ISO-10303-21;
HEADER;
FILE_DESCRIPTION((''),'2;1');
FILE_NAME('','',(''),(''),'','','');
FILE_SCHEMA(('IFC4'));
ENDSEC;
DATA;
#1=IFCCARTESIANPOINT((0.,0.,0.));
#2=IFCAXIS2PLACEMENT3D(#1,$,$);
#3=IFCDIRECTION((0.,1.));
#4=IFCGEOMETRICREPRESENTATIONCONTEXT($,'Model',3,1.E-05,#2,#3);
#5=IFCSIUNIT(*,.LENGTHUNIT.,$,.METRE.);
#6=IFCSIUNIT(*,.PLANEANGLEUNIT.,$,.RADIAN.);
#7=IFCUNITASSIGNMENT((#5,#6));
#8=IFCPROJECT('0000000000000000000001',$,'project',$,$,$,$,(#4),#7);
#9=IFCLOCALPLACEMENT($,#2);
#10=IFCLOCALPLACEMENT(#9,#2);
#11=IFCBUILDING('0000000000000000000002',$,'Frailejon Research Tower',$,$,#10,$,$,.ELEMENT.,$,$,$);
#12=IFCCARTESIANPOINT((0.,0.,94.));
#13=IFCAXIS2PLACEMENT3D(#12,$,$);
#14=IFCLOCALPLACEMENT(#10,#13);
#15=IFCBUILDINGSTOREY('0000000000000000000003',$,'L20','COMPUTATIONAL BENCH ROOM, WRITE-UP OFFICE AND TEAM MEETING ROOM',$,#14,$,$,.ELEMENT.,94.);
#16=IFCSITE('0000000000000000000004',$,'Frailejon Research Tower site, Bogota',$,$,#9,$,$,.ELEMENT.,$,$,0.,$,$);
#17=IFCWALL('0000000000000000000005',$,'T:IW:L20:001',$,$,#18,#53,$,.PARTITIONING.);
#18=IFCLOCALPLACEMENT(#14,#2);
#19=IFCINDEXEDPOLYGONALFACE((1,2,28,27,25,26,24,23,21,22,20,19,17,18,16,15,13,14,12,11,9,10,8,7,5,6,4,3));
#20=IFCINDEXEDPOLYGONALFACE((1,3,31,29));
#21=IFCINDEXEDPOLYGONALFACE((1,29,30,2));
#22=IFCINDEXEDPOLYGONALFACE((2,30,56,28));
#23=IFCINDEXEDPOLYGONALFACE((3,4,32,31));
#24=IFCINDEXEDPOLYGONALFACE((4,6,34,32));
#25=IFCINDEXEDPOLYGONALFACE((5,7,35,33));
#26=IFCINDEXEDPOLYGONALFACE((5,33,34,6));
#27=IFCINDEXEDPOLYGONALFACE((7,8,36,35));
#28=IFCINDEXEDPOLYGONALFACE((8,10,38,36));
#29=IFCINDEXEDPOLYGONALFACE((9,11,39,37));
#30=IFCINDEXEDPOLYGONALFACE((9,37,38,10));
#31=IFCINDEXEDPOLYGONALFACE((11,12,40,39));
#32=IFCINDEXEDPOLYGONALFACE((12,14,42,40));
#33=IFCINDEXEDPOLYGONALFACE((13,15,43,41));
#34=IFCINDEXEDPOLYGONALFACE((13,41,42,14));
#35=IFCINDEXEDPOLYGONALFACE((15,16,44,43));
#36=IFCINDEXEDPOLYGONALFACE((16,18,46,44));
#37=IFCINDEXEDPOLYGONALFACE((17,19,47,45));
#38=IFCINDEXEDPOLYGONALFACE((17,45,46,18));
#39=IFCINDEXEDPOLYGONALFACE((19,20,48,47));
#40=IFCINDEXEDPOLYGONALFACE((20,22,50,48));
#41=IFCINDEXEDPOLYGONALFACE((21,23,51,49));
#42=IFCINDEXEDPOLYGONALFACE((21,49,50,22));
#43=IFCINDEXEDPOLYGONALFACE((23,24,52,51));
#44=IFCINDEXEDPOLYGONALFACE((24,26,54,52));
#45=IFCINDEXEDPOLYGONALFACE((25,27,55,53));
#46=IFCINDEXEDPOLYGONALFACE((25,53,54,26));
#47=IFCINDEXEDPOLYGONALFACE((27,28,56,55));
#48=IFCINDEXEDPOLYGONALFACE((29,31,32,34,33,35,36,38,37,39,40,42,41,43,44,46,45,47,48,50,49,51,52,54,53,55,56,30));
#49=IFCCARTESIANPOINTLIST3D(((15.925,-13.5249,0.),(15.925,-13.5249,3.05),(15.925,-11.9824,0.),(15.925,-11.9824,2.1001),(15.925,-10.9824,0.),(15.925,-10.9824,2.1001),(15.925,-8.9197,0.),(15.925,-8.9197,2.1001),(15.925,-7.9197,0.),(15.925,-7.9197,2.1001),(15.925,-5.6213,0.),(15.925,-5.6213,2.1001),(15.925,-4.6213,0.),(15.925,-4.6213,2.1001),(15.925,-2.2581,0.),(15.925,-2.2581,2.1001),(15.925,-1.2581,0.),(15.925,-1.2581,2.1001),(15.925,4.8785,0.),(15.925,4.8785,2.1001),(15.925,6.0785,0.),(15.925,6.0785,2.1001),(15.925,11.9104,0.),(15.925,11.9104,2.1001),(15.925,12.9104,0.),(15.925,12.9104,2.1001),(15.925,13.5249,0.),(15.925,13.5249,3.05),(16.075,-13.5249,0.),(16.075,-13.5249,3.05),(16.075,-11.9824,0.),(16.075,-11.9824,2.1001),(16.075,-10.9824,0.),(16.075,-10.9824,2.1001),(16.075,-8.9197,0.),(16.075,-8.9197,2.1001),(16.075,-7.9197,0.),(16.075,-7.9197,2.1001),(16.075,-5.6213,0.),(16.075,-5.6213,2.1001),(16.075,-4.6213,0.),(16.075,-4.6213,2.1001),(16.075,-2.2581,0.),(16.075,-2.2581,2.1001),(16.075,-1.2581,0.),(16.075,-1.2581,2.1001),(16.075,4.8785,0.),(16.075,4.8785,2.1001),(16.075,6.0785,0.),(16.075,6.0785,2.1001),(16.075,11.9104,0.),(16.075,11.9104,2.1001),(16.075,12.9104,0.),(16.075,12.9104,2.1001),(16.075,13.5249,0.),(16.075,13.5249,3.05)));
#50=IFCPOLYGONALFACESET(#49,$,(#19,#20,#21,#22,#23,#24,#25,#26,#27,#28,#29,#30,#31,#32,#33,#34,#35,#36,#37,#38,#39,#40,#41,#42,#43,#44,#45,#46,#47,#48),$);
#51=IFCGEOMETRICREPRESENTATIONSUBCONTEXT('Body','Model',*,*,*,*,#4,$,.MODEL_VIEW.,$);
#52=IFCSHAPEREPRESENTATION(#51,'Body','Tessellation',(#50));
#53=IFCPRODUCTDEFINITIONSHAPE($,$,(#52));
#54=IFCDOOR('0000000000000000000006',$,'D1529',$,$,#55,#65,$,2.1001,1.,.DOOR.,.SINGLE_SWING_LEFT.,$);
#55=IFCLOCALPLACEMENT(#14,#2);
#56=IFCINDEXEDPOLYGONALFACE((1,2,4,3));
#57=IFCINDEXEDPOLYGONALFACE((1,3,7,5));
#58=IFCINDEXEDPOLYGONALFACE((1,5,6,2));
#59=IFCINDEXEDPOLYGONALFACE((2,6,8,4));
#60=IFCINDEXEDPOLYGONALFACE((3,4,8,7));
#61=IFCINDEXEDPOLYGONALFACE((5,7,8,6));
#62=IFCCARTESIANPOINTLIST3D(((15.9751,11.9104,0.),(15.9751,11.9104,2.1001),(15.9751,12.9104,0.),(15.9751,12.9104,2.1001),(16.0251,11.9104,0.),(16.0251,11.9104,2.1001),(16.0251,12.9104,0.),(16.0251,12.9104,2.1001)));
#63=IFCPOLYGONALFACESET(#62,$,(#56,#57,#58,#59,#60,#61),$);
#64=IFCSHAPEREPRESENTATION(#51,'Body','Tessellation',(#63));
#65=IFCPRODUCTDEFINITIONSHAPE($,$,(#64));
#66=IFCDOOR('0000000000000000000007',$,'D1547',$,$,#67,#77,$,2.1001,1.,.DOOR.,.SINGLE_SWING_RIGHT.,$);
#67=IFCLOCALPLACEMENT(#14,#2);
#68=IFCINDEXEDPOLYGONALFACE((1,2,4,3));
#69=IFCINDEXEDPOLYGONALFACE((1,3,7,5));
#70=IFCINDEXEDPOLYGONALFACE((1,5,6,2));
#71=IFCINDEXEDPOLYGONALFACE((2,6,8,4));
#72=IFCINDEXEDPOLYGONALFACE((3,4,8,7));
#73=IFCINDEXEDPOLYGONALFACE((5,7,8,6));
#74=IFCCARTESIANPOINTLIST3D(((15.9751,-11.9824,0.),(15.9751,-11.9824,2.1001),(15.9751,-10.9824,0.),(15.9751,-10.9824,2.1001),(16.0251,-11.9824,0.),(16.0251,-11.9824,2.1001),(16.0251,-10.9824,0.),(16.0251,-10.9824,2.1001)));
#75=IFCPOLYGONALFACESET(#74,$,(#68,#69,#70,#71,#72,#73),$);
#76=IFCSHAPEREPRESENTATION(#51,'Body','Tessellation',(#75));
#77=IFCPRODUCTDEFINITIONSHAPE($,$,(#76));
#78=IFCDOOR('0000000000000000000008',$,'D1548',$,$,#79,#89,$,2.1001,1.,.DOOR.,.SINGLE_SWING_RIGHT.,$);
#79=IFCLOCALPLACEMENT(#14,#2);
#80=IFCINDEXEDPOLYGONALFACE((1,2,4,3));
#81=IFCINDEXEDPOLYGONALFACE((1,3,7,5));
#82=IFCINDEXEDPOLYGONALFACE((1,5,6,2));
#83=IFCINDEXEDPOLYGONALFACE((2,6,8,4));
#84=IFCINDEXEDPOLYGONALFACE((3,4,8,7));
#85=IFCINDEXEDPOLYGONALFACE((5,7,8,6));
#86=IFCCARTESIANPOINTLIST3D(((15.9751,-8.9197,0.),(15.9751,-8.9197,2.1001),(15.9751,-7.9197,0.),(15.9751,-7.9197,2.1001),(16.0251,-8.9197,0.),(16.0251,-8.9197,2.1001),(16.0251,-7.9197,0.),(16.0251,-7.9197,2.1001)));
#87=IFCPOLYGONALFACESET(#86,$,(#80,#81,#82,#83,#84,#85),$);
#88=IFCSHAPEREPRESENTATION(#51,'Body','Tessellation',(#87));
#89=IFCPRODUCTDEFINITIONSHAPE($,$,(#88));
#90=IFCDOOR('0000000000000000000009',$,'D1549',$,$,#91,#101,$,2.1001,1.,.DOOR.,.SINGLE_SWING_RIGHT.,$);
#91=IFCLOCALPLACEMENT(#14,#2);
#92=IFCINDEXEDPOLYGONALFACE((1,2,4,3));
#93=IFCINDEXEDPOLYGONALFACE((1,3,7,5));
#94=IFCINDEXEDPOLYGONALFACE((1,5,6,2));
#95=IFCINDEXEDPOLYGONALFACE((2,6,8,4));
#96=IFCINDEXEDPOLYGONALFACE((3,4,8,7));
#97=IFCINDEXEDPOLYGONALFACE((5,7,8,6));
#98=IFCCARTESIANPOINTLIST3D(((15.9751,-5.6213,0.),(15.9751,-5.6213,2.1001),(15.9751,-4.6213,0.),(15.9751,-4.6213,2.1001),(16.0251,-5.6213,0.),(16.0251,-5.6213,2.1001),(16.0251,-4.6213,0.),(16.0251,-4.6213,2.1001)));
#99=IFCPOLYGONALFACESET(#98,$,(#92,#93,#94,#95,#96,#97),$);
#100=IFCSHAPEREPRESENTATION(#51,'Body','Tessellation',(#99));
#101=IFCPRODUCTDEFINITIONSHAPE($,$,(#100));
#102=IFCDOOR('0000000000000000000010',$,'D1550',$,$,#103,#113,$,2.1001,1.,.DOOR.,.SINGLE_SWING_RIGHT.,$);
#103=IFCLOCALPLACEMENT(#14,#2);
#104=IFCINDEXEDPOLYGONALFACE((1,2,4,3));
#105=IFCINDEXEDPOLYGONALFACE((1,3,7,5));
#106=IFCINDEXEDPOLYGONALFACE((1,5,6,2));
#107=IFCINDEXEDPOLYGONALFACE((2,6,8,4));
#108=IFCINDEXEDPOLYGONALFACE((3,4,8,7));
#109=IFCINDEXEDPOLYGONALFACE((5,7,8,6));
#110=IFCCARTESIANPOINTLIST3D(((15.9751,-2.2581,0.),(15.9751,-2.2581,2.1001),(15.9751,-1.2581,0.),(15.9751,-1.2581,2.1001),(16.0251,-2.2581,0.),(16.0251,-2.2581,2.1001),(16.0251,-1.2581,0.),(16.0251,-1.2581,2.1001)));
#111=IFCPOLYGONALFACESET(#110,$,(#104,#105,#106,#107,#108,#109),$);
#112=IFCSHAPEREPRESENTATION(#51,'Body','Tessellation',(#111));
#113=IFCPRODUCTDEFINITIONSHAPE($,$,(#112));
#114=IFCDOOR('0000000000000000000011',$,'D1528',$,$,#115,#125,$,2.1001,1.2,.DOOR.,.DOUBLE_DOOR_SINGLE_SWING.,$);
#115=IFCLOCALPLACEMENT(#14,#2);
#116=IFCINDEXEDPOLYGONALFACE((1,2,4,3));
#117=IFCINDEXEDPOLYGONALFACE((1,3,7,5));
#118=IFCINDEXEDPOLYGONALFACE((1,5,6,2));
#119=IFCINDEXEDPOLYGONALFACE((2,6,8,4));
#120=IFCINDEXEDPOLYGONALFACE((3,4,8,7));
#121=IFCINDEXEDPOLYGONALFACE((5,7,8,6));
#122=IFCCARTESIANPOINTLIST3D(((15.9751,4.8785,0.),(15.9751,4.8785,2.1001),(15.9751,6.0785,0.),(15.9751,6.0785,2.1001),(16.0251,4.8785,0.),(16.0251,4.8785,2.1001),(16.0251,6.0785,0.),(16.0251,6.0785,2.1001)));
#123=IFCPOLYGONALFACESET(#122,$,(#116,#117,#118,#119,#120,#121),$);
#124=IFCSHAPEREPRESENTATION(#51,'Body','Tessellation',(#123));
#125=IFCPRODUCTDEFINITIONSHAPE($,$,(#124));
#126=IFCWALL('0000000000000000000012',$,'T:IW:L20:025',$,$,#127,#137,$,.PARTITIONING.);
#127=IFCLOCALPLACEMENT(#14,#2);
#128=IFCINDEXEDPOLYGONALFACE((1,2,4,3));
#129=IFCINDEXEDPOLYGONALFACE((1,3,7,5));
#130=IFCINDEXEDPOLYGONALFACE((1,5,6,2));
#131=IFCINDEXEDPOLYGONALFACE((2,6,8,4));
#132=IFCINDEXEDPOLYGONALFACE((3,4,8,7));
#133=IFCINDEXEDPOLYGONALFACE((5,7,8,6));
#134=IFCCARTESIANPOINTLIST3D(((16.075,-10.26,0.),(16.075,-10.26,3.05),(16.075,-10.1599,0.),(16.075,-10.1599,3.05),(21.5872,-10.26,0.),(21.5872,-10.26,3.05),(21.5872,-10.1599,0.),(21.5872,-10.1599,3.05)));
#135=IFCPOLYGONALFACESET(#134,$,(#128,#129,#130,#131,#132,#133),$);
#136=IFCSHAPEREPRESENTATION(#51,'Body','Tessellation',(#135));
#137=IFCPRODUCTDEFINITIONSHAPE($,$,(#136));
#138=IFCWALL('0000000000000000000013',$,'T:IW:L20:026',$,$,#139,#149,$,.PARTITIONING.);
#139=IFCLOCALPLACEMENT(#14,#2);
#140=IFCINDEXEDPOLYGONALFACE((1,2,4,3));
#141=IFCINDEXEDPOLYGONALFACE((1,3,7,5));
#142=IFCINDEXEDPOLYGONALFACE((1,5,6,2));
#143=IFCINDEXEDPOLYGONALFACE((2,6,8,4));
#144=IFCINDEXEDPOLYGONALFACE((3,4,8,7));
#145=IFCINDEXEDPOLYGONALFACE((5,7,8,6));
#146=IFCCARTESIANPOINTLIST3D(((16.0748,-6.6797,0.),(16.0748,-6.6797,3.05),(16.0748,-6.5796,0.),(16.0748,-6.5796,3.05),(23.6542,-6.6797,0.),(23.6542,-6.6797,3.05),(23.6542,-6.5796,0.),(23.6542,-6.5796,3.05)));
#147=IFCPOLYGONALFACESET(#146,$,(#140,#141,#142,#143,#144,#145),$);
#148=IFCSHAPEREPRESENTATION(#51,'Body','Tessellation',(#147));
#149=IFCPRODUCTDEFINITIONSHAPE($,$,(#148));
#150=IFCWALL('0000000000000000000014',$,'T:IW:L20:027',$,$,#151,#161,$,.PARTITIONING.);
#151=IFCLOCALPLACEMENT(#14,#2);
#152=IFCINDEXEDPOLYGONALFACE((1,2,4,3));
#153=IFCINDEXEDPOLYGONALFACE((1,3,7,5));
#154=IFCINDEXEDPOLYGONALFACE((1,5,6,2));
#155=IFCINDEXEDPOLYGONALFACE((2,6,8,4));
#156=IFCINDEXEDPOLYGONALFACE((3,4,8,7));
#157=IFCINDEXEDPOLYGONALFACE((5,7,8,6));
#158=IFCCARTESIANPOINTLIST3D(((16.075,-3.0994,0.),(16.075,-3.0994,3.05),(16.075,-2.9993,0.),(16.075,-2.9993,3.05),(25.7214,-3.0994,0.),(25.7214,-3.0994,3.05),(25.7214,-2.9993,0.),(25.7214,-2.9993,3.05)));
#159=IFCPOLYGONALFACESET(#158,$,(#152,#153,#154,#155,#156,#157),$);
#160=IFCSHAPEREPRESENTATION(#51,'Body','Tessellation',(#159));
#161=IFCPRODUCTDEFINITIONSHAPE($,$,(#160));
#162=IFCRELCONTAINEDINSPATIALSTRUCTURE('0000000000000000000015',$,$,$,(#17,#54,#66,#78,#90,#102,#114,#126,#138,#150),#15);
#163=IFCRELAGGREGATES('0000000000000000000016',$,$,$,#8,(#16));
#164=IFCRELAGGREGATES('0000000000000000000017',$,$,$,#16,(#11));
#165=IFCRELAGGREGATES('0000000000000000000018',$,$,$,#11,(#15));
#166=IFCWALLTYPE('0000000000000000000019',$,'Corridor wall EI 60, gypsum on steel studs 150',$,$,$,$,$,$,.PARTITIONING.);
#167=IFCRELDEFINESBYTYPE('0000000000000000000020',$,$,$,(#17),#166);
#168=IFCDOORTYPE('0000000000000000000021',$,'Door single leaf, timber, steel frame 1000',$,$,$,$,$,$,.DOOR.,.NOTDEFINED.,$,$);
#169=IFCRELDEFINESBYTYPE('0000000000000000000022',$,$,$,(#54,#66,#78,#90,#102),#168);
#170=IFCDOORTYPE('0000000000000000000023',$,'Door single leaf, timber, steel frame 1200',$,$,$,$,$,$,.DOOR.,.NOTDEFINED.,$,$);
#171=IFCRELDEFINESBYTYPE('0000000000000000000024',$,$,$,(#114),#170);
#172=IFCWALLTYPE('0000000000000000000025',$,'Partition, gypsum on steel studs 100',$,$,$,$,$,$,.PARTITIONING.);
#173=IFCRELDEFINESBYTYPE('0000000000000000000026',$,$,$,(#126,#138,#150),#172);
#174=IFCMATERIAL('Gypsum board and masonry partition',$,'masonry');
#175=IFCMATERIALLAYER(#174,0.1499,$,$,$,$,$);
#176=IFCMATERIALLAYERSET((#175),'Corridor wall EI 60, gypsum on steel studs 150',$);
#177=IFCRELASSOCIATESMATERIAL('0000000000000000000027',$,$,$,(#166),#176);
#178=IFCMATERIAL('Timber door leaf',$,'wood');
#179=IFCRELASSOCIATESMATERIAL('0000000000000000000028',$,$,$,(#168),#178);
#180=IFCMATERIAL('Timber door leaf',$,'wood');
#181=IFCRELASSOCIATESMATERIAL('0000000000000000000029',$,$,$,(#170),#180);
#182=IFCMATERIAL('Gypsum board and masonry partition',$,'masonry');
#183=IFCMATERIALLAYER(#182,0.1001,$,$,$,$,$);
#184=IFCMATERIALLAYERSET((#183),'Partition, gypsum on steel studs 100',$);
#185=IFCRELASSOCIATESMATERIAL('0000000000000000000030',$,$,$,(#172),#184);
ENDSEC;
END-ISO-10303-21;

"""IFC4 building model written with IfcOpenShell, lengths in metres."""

from ifc_helpers import new_model, si_unit, direction, frame, frame_2d, origin, place, context, subcontext, project, spatial, rectangle, extrude, material, layer, layer_set, type_object, element, fill, save


model = new_model("IFC4")

# Units and contexts
model_context = context("Model", 3, precision=1e-05, world=origin(), true_north=direction((0.0, 1.0)))
body_context = subcontext(model_context, "Body", "Model", "MODEL_VIEW")
ifc_project = project(units=[si_unit("LENGTHUNIT", "METRE"), si_unit("PLANEANGLEUNIT", "RADIAN")], contexts=[model_context])

# Site, building, storey
site_placement = place(None, origin())
site = spatial("IfcSite", under=ifc_project, at=site_placement, Name="Frailejon Research Tower site, Bogota", CompositionType="ELEMENT", RefElevation=0.0)
building_placement = place(site_placement, origin())
building = spatial("IfcBuilding", under=site, at=building_placement, Name="Frailejon Research Tower", CompositionType="ELEMENT")
storey_placement = place(building_placement, frame((0.0, 0.0, 94.0)))
storey = spatial("IfcBuildingStorey", under=building, at=storey_placement, Name="L20", Description="COMPUTATIONAL BENCH ROOM, WRITE-UP OFFICE AND TEAM MEETING ROOM", CompositionType="ELEMENT", Elevation=94.0)

# Wall, openings, doors
ifc_material_1 = material(Name="Gypsum board and masonry partition", Category="masonry")
ifc_layer_1 = layer(ifc_material_1, 0.1499)
ifc_layer_set_1 = layer_set([ifc_layer_1], Name="Corridor wall EI 60, gypsum on steel studs 150")
wall_type_1 = type_object("IfcWallType", Name="Corridor wall EI 60, gypsum on steel studs 150", PredefinedType="PARTITIONING", material=ifc_layer_set_1)
wall_1_placement = place(storey_placement, frame((16.0, -13.5249, 0.0), z_axis=(0.0, 0.0, 1.0), x_axis=(0.0, 1.0, 0.0)))
wall_1 = element("IfcWall", 1, at=wall_1_placement, inside=storey, type_object=wall_type_1, Name="T:IW:L20:001", PredefinedType="PARTITIONING", context=body_context, shape_type="SweptSolid", body=[
    extrude(rectangle(XDim=27.0498, YDim=0.1499, at=frame_2d((13.5249, 0.0))), origin(), (0.0, 0.0, 1.0), 3.05),
])
opening_1_placement = place(wall_1_placement, frame((18.4033, 0.0, 0.0)))
opening_1 = element("IfcOpeningElement", 2, at=opening_1_placement, cuts=wall_1, PredefinedType="OPENING", context=body_context, shape_type="SweptSolid", body=[
    extrude(rectangle(XDim=1.2, YDim=2.1001, at=frame_2d((0.6001, 1.05))), frame((0.0, 0.085, 0.0), z_axis=(0.0, -1.0, 0.0), x_axis=(1.0, 0.0, 0.0)), (0.0, 0.0, 1.0), 0.1699),
])
opening_2_placement = place(wall_1_placement, frame((25.4353, 0.0, 0.0)))
opening_2 = element("IfcOpeningElement", 3, at=opening_2_placement, cuts=wall_1, PredefinedType="OPENING", context=body_context, shape_type="SweptSolid", body=[
    extrude(rectangle(XDim=1.0, YDim=2.1001, at=frame_2d((0.5, 1.05))), frame((0.0, 0.085, 0.0), z_axis=(0.0, -1.0, 0.0), x_axis=(1.0, 0.0, 0.0)), (0.0, 0.0, 1.0), 0.1699),
])
opening_3_placement = place(wall_1_placement, frame((1.5425, 0.0, 0.0)))
opening_3 = element("IfcOpeningElement", 4, at=opening_3_placement, cuts=wall_1, PredefinedType="OPENING", context=body_context, shape_type="SweptSolid", body=[
    extrude(rectangle(XDim=1.0, YDim=2.1001, at=frame_2d((0.5, 1.05))), frame((0.0, 0.085, 0.0), z_axis=(0.0, -1.0, 0.0), x_axis=(1.0, 0.0, 0.0)), (0.0, 0.0, 1.0), 0.1699),
])
opening_4_placement = place(wall_1_placement, frame((4.6052, 0.0, 0.0)))
opening_4 = element("IfcOpeningElement", 5, at=opening_4_placement, cuts=wall_1, PredefinedType="OPENING", context=body_context, shape_type="SweptSolid", body=[
    extrude(rectangle(XDim=1.0, YDim=2.1001, at=frame_2d((0.5, 1.05))), frame((0.0, 0.085, 0.0), z_axis=(0.0, -1.0, 0.0), x_axis=(1.0, 0.0, 0.0)), (0.0, 0.0, 1.0), 0.1699),
])
opening_5_placement = place(wall_1_placement, frame((7.9036, 0.0, 0.0)))
opening_5 = element("IfcOpeningElement", 6, at=opening_5_placement, cuts=wall_1, PredefinedType="OPENING", context=body_context, shape_type="SweptSolid", body=[
    extrude(rectangle(XDim=1.0, YDim=2.1001, at=frame_2d((0.5, 1.05))), frame((0.0, 0.085, 0.0), z_axis=(0.0, -1.0, 0.0), x_axis=(1.0, 0.0, 0.0)), (0.0, 0.0, 1.0), 0.1699),
])
opening_6_placement = place(wall_1_placement, frame((11.2668, 0.0, 0.0)))
opening_6 = element("IfcOpeningElement", 7, at=opening_6_placement, cuts=wall_1, PredefinedType="OPENING", context=body_context, shape_type="SweptSolid", body=[
    extrude(rectangle(XDim=1.0, YDim=2.1001, at=frame_2d((0.5, 1.05))), frame((0.0, 0.085, 0.0), z_axis=(0.0, -1.0, 0.0), x_axis=(1.0, 0.0, 0.0)), (0.0, 0.0, 1.0), 0.1699),
])
ifc_material_2 = material(Name="Timber door leaf", Category="wood")
door_type_1 = type_object("IfcDoorType", Name="Door single leaf, timber, steel frame 1000", OperationType="NOTDEFINED", PredefinedType="DOOR", material=ifc_material_2)
door_1_placement = place(opening_2_placement, origin())
door_1 = element("IfcDoor", 8, at=door_1_placement, inside=storey, type_object=door_type_1, Name="D1529", OperationType="SINGLE_SWING_LEFT", OverallHeight=2.1001, OverallWidth=1.0, PredefinedType="DOOR", context=body_context, shape_type="SweptSolid", body=[
    extrude(rectangle(XDim=1.0, YDim=2.1001, at=frame_2d((0.5, 1.05))), frame((0.0, 0.0249, 0.0), z_axis=(0.0, -1.0, 0.0), x_axis=(1.0, 0.0, 0.0)), (0.0, 0.0, 1.0), 0.05),
])
fill(opening_2, door_1)
door_2_placement = place(opening_3_placement, origin())
door_2 = element("IfcDoor", 9, at=door_2_placement, inside=storey, type_object=door_type_1, Name="D1547", OperationType="SINGLE_SWING_RIGHT", OverallHeight=2.1001, OverallWidth=1.0, PredefinedType="DOOR", context=body_context, shape_type="SweptSolid", body=[
    extrude(rectangle(XDim=1.0, YDim=2.1001, at=frame_2d((0.5, 1.05))), frame((0.0, 0.0249, 0.0), z_axis=(0.0, -1.0, 0.0), x_axis=(1.0, 0.0, 0.0)), (0.0, 0.0, 1.0), 0.05),
])
fill(opening_3, door_2)
door_3_placement = place(opening_4_placement, origin())
door_3 = element("IfcDoor", 10, at=door_3_placement, inside=storey, type_object=door_type_1, Name="D1548", OperationType="SINGLE_SWING_RIGHT", OverallHeight=2.1001, OverallWidth=1.0, PredefinedType="DOOR", context=body_context, shape_type="SweptSolid", body=[
    extrude(rectangle(XDim=1.0, YDim=2.1001, at=frame_2d((0.5, 1.05))), frame((0.0, 0.0249, 0.0), z_axis=(0.0, -1.0, 0.0), x_axis=(1.0, 0.0, 0.0)), (0.0, 0.0, 1.0), 0.05),
])
fill(opening_4, door_3)
door_4_placement = place(opening_5_placement, origin())
door_4 = element("IfcDoor", 11, at=door_4_placement, inside=storey, type_object=door_type_1, Name="D1549", OperationType="SINGLE_SWING_RIGHT", OverallHeight=2.1001, OverallWidth=1.0, PredefinedType="DOOR", context=body_context, shape_type="SweptSolid", body=[
    extrude(rectangle(XDim=1.0, YDim=2.1001, at=frame_2d((0.5, 1.05))), frame((0.0, 0.0249, 0.0), z_axis=(0.0, -1.0, 0.0), x_axis=(1.0, 0.0, 0.0)), (0.0, 0.0, 1.0), 0.05),
])
fill(opening_5, door_4)
door_5_placement = place(opening_6_placement, origin())
door_5 = element("IfcDoor", 12, at=door_5_placement, inside=storey, type_object=door_type_1, Name="D1550", OperationType="SINGLE_SWING_RIGHT", OverallHeight=2.1001, OverallWidth=1.0, PredefinedType="DOOR", context=body_context, shape_type="SweptSolid", body=[
    extrude(rectangle(XDim=1.0, YDim=2.1001, at=frame_2d((0.5, 1.05))), frame((0.0, 0.0249, 0.0), z_axis=(0.0, -1.0, 0.0), x_axis=(1.0, 0.0, 0.0)), (0.0, 0.0, 1.0), 0.05),
])
fill(opening_6, door_5)
ifc_material_3 = material(Name="Timber door leaf", Category="wood")
door_type_2 = type_object("IfcDoorType", Name="Door single leaf, timber, steel frame 1200", OperationType="NOTDEFINED", PredefinedType="DOOR", material=ifc_material_3)
door_6_placement = place(opening_1_placement, origin())
door_6 = element("IfcDoor", 13, at=door_6_placement, inside=storey, type_object=door_type_2, Name="D1528", OperationType="DOUBLE_DOOR_SINGLE_SWING", OverallHeight=2.1001, OverallWidth=1.2, PredefinedType="DOOR", context=body_context, shape_type="SweptSolid", body=[
    extrude(rectangle(XDim=1.2, YDim=2.1001, at=frame_2d((0.6001, 1.05))), frame((0.0, 0.0249, 0.0), z_axis=(0.0, -1.0, 0.0), x_axis=(1.0, 0.0, 0.0)), (0.0, 0.0, 1.0), 0.05),
])
fill(opening_1, door_6)

# Walls
ifc_material_4 = material(Name="Gypsum board and masonry partition", Category="masonry")
ifc_layer_2 = layer(ifc_material_4, 0.1001)
ifc_layer_set_2 = layer_set([ifc_layer_2], Name="Partition, gypsum on steel studs 100")
wall_type_2 = type_object("IfcWallType", Name="Partition, gypsum on steel studs 100", PredefinedType="PARTITIONING", material=ifc_layer_set_2)
wall_2_placement = place(storey_placement, frame((16.075, -10.21, 0.0), z_axis=(0.0, 0.0, 1.0), x_axis=(1.0, 0.0, 0.0)))
element("IfcWall", 14, at=wall_2_placement, inside=storey, type_object=wall_type_2, Name="T:IW:L20:025", PredefinedType="PARTITIONING", context=body_context, shape_type="SweptSolid", body=[
    extrude(rectangle(XDim=5.5122, YDim=0.1001, at=frame_2d((2.7561, 0.0))), origin(), (0.0, 0.0, 1.0), 3.05),
])
wall_3_placement = place(storey_placement, frame((16.075, -6.6296, 0.0), z_axis=(0.0, 0.0, 1.0), x_axis=(1.0, 0.0, 0.0)))
element("IfcWall", 15, at=wall_3_placement, inside=storey, type_object=wall_type_2, Name="T:IW:L20:026", PredefinedType="PARTITIONING", context=body_context, shape_type="SweptSolid", body=[
    extrude(rectangle(XDim=7.5793, YDim=0.1001, at=frame_2d((3.7896, 0.0))), origin(), (0.0, 0.0, 1.0), 3.05),
])
wall_4_placement = place(storey_placement, frame((16.075, -3.0493, 0.0), z_axis=(0.0, 0.0, 1.0), x_axis=(1.0, 0.0, 0.0)))
element("IfcWall", 16, at=wall_4_placement, inside=storey, type_object=wall_type_2, Name="T:IW:L20:027", PredefinedType="PARTITIONING", context=body_context, shape_type="SweptSolid", body=[
    extrude(rectangle(XDim=9.6465, YDim=0.1001, at=frame_2d((4.8232, 0.0))), origin(), (0.0, 0.0, 1.0), 3.05),
])

save(model, "model.ifc")
